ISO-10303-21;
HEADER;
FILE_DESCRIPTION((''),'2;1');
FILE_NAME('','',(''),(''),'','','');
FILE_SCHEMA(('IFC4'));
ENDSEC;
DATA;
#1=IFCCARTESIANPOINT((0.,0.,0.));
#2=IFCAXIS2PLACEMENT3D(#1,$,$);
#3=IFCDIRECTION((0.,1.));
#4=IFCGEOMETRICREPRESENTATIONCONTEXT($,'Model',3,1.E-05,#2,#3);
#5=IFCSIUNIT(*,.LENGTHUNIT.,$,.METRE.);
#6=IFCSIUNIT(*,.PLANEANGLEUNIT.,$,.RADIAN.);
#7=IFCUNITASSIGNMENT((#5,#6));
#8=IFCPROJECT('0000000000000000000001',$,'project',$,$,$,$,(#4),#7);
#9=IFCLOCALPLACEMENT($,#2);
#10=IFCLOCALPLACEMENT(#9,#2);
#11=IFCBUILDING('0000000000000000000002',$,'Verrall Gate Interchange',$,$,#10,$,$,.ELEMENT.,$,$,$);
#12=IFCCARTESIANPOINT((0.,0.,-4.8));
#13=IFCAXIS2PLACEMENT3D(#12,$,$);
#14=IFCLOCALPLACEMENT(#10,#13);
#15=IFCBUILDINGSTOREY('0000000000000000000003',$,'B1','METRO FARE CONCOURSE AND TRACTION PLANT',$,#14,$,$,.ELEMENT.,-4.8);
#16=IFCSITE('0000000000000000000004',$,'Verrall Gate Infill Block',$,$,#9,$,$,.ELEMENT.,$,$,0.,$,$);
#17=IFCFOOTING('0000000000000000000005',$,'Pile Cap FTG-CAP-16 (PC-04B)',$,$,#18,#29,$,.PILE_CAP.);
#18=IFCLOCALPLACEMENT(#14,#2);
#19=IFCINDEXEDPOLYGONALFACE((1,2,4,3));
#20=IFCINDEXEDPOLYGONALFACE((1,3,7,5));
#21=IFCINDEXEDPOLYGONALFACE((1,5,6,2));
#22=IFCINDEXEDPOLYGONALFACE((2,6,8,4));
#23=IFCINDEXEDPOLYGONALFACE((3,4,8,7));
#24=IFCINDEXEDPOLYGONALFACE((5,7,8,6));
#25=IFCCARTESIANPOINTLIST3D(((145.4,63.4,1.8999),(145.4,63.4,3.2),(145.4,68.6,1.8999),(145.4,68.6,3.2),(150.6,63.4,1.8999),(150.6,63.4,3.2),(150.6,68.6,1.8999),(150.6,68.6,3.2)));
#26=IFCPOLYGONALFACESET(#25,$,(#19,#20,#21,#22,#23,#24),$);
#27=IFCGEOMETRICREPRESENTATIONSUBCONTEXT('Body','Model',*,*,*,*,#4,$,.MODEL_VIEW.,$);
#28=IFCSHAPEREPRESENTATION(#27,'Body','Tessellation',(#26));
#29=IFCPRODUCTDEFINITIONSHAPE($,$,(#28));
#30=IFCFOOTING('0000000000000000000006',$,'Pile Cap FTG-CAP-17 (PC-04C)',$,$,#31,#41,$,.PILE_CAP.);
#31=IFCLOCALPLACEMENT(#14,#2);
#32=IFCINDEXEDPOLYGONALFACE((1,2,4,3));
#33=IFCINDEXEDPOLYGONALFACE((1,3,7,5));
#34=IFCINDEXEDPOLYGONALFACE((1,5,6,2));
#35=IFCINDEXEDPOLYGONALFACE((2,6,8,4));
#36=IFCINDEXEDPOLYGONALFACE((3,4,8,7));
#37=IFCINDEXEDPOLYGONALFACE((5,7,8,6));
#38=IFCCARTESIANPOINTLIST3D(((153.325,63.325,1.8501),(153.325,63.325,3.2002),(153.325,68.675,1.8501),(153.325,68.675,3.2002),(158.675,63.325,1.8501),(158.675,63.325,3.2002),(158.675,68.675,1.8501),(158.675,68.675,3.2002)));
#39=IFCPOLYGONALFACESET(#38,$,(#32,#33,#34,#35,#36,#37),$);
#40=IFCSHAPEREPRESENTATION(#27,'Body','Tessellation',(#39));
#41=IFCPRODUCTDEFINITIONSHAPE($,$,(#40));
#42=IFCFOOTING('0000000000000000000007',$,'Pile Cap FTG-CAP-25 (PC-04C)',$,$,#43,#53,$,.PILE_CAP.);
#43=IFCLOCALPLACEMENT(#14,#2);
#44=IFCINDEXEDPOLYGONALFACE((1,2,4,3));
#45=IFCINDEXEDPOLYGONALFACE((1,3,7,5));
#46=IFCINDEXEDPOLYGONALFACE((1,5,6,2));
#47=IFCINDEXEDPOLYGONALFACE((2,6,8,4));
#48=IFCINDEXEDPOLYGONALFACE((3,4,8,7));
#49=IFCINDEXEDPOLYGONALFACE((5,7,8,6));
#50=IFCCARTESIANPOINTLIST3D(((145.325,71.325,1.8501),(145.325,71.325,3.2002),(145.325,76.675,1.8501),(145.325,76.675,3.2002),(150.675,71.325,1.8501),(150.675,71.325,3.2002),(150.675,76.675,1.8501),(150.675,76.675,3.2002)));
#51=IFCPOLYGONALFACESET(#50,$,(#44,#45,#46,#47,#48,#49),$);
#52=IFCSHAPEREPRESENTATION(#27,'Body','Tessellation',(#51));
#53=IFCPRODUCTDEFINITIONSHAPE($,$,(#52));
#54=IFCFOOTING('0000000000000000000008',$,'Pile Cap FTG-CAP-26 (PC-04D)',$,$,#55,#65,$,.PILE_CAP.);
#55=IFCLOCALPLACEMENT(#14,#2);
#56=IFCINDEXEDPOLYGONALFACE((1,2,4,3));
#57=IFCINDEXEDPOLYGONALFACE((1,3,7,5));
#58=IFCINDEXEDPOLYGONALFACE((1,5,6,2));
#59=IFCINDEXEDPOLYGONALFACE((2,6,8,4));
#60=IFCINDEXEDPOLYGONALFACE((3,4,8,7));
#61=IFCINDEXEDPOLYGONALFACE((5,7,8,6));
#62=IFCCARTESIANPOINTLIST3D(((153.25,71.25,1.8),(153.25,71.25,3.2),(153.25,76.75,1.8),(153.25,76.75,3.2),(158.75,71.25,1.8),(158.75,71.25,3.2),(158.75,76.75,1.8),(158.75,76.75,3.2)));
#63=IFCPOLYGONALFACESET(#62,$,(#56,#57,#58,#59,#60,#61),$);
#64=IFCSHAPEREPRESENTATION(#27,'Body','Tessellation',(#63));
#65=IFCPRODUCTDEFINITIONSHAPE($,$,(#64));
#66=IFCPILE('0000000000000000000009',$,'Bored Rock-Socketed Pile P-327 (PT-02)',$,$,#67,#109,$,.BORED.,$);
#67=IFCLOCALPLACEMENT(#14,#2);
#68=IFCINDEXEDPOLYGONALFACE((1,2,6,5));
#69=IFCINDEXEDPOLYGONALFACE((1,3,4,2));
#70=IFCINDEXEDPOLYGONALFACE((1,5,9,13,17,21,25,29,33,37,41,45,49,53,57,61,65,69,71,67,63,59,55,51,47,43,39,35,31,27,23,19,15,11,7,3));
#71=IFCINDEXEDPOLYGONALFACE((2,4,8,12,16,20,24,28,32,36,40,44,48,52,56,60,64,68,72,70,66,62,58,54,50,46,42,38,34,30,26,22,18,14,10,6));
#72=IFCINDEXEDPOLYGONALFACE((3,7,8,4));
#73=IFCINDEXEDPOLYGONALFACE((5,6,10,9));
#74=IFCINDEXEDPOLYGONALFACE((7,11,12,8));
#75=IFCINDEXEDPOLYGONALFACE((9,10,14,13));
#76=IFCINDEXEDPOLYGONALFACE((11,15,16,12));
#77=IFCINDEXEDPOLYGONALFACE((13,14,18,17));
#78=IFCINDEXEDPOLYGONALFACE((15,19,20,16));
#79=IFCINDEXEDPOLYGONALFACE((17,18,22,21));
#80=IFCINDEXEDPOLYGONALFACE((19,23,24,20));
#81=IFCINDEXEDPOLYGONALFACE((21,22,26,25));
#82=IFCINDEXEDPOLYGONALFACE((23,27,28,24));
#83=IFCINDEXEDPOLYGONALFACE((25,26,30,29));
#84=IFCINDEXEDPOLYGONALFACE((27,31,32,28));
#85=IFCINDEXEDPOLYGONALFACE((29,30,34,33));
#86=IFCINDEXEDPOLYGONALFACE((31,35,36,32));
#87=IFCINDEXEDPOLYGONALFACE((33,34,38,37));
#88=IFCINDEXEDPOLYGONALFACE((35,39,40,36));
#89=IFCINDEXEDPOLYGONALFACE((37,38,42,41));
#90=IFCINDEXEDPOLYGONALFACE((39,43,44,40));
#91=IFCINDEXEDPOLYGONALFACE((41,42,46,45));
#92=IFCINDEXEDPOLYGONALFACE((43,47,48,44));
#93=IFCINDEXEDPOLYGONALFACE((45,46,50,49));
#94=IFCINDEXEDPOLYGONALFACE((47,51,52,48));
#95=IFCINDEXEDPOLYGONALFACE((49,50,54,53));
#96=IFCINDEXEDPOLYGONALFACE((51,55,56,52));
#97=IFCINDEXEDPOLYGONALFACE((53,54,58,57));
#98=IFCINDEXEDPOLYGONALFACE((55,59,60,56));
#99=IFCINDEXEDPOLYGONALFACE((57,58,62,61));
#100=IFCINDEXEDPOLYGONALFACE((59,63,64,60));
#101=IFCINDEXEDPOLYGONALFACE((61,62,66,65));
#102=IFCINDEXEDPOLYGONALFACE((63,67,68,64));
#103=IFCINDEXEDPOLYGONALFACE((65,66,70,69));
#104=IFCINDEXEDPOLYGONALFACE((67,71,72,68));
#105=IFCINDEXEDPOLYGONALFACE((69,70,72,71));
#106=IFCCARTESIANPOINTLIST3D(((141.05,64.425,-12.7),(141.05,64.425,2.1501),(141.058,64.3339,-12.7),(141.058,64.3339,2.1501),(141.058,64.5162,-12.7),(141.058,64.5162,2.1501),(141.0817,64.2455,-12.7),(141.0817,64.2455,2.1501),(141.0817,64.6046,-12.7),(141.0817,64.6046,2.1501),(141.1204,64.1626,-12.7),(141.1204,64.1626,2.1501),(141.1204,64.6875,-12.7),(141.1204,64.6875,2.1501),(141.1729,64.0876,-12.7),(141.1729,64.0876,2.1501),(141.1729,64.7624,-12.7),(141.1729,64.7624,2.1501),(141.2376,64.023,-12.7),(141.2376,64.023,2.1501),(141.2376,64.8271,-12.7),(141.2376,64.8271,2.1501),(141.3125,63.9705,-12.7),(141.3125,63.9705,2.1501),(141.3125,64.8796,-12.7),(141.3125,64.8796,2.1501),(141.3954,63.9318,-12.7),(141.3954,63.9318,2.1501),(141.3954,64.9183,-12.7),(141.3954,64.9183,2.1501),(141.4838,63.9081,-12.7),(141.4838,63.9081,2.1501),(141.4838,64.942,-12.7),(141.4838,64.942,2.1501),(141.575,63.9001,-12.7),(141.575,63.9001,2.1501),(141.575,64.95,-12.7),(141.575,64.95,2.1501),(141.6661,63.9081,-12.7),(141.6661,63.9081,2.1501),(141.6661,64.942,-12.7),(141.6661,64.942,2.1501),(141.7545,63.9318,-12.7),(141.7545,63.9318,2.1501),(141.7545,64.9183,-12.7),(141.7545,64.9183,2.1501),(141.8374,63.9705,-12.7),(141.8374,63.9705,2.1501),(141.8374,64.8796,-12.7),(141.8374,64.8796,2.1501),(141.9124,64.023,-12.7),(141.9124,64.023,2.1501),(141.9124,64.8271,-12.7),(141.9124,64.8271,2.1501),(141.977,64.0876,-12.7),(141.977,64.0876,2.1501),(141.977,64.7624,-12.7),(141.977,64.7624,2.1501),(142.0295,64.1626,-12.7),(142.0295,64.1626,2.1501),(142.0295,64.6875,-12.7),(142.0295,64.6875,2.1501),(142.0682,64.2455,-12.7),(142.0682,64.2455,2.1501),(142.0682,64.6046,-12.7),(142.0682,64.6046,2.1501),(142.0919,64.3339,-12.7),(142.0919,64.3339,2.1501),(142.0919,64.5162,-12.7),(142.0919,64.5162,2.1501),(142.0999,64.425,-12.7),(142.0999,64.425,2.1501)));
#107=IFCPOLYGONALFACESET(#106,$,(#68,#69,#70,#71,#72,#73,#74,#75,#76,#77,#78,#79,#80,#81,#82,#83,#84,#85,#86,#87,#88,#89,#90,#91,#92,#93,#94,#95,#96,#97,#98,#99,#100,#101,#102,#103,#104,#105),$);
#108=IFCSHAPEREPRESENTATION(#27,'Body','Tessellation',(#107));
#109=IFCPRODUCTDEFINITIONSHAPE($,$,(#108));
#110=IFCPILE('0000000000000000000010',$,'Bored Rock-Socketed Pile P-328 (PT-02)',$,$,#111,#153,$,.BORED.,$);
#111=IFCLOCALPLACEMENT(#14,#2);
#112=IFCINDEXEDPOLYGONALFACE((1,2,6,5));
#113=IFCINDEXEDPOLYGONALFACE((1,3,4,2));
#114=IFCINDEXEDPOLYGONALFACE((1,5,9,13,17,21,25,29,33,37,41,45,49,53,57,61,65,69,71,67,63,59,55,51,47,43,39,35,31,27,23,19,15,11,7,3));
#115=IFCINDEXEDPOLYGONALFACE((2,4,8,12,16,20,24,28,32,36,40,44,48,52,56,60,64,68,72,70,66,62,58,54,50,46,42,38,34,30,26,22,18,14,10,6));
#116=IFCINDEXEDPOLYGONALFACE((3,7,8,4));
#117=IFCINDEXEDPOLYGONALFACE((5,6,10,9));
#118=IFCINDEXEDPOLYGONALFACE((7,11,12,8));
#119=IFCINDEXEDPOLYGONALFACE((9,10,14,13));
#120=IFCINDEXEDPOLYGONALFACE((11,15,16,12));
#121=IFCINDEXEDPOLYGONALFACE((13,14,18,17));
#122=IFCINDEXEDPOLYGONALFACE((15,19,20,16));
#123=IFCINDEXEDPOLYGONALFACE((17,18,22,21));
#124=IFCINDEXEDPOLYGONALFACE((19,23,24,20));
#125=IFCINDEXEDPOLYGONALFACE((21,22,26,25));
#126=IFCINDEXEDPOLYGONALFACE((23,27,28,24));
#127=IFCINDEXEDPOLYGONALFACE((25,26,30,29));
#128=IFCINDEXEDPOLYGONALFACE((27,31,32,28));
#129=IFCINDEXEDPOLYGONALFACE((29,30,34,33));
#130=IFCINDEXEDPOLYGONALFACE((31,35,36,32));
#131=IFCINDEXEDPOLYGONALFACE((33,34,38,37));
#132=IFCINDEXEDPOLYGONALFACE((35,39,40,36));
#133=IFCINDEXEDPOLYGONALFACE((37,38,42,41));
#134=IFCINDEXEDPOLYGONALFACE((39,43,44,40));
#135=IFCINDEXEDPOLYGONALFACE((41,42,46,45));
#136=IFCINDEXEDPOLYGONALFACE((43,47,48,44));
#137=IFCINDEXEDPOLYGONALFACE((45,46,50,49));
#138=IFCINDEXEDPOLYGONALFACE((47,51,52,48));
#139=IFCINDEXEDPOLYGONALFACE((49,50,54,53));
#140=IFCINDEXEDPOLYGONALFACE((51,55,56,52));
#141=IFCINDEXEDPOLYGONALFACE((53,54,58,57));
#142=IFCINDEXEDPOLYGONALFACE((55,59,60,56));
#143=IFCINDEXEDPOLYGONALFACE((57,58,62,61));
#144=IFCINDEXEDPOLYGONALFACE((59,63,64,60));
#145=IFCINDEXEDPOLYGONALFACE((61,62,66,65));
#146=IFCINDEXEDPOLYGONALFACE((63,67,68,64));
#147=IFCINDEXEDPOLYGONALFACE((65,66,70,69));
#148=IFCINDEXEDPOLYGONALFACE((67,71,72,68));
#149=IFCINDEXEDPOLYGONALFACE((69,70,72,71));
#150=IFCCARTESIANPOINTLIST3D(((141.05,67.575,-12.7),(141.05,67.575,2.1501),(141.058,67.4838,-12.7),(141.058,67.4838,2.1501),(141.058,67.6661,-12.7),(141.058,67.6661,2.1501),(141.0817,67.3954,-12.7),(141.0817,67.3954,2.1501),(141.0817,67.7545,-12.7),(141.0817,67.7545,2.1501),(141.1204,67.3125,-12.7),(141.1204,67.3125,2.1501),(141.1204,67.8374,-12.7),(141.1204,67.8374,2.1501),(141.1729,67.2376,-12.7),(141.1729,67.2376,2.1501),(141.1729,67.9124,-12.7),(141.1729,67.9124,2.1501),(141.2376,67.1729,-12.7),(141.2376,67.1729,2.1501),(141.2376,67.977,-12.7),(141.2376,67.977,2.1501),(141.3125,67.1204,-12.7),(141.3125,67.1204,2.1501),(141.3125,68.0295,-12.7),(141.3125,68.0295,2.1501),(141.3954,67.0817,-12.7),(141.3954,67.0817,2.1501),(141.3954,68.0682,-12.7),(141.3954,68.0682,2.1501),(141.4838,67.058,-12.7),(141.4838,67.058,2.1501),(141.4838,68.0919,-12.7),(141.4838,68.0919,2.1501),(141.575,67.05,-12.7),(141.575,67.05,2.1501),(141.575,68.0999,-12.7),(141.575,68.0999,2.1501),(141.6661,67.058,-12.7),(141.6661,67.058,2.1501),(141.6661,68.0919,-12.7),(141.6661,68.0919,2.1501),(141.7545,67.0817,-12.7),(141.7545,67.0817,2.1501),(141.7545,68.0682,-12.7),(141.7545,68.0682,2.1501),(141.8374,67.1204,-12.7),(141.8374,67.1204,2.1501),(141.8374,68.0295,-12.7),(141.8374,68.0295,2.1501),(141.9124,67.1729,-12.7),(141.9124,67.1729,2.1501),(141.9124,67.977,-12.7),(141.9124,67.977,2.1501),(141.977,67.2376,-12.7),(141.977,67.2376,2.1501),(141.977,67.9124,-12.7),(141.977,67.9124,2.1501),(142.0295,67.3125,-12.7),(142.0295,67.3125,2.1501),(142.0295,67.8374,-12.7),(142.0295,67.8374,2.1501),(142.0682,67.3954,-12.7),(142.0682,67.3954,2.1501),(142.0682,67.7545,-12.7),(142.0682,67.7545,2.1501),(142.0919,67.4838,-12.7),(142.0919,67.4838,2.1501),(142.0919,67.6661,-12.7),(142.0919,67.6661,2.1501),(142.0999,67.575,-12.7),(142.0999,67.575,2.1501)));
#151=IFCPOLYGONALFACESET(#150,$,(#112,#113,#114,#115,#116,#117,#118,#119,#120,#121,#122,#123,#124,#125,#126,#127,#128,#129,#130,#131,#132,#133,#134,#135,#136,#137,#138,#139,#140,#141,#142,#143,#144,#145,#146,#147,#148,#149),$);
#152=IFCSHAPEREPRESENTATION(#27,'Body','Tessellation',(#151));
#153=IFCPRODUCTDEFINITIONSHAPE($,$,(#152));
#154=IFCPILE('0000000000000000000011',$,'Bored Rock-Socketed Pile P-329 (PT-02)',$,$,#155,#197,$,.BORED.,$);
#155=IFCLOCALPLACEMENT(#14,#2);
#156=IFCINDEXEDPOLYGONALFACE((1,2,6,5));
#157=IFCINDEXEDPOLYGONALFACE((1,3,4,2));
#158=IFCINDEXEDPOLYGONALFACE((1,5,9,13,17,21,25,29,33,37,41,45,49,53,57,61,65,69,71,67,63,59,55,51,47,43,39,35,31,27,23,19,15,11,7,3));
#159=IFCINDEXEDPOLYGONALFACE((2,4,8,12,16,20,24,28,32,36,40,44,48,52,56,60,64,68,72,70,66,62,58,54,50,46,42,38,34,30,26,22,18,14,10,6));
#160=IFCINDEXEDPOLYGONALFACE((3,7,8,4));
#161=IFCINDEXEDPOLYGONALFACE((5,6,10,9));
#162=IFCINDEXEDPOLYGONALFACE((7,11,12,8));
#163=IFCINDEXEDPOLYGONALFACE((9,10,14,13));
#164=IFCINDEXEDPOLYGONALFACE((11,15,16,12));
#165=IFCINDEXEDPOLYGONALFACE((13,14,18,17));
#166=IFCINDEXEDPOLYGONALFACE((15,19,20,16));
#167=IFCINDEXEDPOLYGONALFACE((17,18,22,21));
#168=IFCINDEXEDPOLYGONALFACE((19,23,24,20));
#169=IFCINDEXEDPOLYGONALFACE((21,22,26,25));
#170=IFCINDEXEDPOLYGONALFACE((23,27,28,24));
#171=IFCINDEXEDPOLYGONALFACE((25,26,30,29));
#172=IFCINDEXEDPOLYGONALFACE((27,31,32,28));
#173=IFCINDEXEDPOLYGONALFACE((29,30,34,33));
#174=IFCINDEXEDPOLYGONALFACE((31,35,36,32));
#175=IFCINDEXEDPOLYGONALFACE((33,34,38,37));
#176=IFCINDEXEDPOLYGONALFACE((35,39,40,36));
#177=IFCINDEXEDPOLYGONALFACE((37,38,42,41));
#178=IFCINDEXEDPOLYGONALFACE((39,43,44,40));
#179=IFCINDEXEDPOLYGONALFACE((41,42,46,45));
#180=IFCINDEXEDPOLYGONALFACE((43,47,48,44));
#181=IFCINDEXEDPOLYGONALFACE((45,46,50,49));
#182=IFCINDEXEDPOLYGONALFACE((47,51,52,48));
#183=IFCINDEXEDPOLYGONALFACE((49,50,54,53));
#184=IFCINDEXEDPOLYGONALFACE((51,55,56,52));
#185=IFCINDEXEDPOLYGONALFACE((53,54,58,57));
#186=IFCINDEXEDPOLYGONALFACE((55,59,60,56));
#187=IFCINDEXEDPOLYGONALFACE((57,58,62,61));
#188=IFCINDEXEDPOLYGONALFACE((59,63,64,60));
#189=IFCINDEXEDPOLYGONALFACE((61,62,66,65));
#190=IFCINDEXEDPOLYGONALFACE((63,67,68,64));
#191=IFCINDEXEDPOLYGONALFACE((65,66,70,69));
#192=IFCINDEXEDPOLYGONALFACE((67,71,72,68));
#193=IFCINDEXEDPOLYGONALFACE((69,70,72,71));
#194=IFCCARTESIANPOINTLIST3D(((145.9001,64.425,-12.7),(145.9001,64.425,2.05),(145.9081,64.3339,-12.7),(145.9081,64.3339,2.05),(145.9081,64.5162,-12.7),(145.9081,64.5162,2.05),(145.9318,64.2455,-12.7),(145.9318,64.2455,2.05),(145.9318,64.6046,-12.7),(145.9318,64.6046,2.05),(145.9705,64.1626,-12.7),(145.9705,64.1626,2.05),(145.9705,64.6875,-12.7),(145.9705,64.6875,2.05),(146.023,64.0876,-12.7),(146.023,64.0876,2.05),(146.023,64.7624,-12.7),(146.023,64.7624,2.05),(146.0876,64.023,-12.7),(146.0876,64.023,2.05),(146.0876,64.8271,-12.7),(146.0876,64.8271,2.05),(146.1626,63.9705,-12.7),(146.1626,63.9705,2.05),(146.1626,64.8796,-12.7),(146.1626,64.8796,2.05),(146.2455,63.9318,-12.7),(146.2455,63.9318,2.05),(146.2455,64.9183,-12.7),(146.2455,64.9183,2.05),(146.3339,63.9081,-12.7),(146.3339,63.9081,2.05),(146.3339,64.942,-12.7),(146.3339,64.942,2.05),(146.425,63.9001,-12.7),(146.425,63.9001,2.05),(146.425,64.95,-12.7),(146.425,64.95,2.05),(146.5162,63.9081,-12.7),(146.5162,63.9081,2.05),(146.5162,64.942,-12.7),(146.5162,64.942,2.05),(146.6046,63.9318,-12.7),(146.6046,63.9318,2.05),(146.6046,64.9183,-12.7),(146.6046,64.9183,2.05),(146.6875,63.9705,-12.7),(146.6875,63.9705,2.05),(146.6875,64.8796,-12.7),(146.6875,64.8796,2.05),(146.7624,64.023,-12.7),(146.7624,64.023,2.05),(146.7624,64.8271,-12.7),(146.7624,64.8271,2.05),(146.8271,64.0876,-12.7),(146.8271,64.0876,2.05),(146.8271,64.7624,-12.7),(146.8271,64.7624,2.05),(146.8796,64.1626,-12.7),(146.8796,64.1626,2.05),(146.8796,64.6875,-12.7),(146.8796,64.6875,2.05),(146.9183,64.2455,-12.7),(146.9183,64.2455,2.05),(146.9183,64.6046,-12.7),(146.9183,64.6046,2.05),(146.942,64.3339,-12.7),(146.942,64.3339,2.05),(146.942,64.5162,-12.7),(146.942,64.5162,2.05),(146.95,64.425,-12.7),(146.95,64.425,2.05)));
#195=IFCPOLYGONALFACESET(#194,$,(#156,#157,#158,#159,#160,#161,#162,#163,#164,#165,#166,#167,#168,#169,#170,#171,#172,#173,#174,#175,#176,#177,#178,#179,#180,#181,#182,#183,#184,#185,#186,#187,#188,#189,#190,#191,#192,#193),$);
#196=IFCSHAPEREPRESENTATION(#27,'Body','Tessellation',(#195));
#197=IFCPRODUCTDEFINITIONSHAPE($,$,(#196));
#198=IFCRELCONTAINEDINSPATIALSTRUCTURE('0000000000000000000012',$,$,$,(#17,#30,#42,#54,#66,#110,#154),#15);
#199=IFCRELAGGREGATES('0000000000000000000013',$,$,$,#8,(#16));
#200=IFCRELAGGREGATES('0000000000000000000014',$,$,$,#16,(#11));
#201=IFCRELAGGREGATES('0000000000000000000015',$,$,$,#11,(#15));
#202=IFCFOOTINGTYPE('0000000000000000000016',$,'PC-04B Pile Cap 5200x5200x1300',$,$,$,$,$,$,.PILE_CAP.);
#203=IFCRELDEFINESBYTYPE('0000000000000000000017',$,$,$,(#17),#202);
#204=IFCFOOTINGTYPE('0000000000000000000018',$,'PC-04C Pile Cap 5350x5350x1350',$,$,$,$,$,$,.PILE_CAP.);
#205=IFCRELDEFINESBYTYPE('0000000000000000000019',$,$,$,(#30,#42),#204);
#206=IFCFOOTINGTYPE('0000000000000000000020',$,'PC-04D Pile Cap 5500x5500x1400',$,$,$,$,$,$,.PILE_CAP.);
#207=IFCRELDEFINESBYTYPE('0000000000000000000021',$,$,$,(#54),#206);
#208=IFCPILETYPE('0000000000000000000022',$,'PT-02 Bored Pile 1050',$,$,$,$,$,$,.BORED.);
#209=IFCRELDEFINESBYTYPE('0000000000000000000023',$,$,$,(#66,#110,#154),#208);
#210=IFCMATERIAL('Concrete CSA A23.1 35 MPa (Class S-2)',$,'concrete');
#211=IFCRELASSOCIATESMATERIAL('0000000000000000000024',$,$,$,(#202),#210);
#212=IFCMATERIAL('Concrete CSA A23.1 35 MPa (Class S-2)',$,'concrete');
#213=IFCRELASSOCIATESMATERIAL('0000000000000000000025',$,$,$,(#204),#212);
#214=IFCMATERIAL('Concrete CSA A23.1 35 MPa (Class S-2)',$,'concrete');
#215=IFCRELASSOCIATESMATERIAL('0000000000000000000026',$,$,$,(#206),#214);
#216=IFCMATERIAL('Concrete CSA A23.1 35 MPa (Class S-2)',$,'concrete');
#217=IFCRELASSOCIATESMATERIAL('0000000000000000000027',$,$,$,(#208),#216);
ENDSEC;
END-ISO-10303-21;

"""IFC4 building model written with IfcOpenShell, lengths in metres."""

from ifc_helpers import new_model, si_unit, direction, frame, origin, origin_2d, place, context, subcontext, project, spatial, rectangle, circle, extrude, material, material_profile, profile_set, type_object, element, save


model = new_model("IFC4")

# Units and contexts
model_context = context("Model", 3, precision=1e-05, world=origin(), true_north=direction((0.0, 1.0)))
body_context = subcontext(model_context, "Body", "Model", "MODEL_VIEW")
ifc_project = project(units=[si_unit("LENGTHUNIT", "METRE"), si_unit("PLANEANGLEUNIT", "RADIAN")], contexts=[model_context])

# Site, building, storey
site_placement = place(None, origin())
site = spatial("IfcSite", under=ifc_project, at=site_placement, Name="Verrall Gate Infill Block", CompositionType="ELEMENT", RefElevation=0.0)
building_placement = place(site_placement, origin())
building = spatial("IfcBuilding", under=site, at=building_placement, Name="Verrall Gate Interchange", CompositionType="ELEMENT")
storey_placement = place(building_placement, frame((0.0, 0.0, -4.8)))
storey = spatial("IfcBuildingStorey", under=building, at=storey_placement, Name="B1", Description="METRO FARE CONCOURSE AND TRACTION PLANT", CompositionType="ELEMENT", Elevation=-4.8)

# Footings
ifc_material_1 = material(Name="Concrete CSA A23.1 35 MPa (Class S-2)", Category="concrete")
footing_type_1 = type_object("IfcFootingType", Name="PC-04B Pile Cap 5200x5200x1300", PredefinedType="PILE_CAP", material=ifc_material_1)
footing_1_placement = place(storey_placement, frame((148.0, 66.0, 1.8999), z_axis=(0.0, 0.0, 1.0), x_axis=(1.0, 0.0, 0.0)))
element("IfcFooting", 1, at=footing_1_placement, inside=storey, type_object=footing_type_1, Name="Pile Cap FTG-CAP-16 (PC-04B)", PredefinedType="PILE_CAP", context=body_context, shape_type="SweptSolid", body=[
    extrude(rectangle(XDim=5.2, YDim=5.2, at=origin_2d()), origin(), (0.0, 0.0, 1.0), 1.3),
])
ifc_material_2 = material(Name="Concrete CSA A23.1 35 MPa (Class S-2)", Category="concrete")
footing_type_2 = type_object("IfcFootingType", Name="PC-04C Pile Cap 5350x5350x1350", PredefinedType="PILE_CAP", material=ifc_material_2)
for number, where, z_axis, x_axis, name in (
    (2, (156.0, 66.0, 1.8501), (0.0, 0.0, 1.0), (1.0, 0.0, 0.0), "Pile Cap FTG-CAP-17 (PC-04C)"),
    (3, (148.0, 74.0, 1.8501), (0.0, 0.0, 1.0), (1.0, 0.0, 0.0), "Pile Cap FTG-CAP-25 (PC-04C)"),
):
    element("IfcFooting", number, at=place(storey_placement, frame(where, z_axis=z_axis, x_axis=x_axis)), inside=storey, type_object=footing_type_2, Name=name, PredefinedType="PILE_CAP", context=body_context, shape_type="SweptSolid", body=[
        extrude(rectangle(XDim=5.3501, YDim=5.3501, at=origin_2d()), origin(), (0.0, 0.0, 1.0), 1.3501),
    ])
ifc_material_3 = material(Name="Concrete CSA A23.1 35 MPa (Class S-2)", Category="concrete")
footing_type_3 = type_object("IfcFootingType", Name="PC-04D Pile Cap 5500x5500x1400", PredefinedType="PILE_CAP", material=ifc_material_3)
footing_2_placement = place(storey_placement, frame((156.0, 74.0, 1.8), z_axis=(0.0, 0.0, 1.0), x_axis=(1.0, 0.0, 0.0)))
element("IfcFooting", 4, at=footing_2_placement, inside=storey, type_object=footing_type_3, Name="Pile Cap FTG-CAP-26 (PC-04D)", PredefinedType="PILE_CAP", context=body_context, shape_type="SweptSolid", body=[
    extrude(rectangle(XDim=5.5, YDim=5.5, at=origin_2d()), origin(), (0.0, 0.0, 1.0), 1.3999),
])

# Piles
ifc_material_4 = material(Name="Concrete CSA A23.1 35 MPa (Class S-2)", Category="concrete")
ifc_material_profile_1 = material_profile(ifc_material_4, circle(Radius=0.5249, at=origin_2d()), Name="PILE1050D")
ifc_profile_set_1 = profile_set([ifc_material_profile_1], Name="Concrete CSA A23.1 35 MPa (Class S-2)")
pile_type = type_object("IfcPileType", Name="PT-02 Bored Pile 1050", PredefinedType="BORED", material=ifc_profile_set_1)
for number, where, z_axis, x_axis, name in (
    (5, (141.575, 64.425, 2.1501), (0.0, 0.0, -1.0), (1.0, 0.0, 0.0), "Bored Rock-Socketed Pile P-327 (PT-02)"),
    (6, (141.575, 67.575, 2.1501), (0.0, 0.0, -1.0), (1.0, 0.0, 0.0), "Bored Rock-Socketed Pile P-328 (PT-02)"),
):
    element("IfcPile", number, at=place(storey_placement, frame(where, z_axis=z_axis, x_axis=x_axis)), inside=storey, type_object=pile_type, Name=name, PredefinedType="BORED", context=body_context, shape_type="SweptSolid", body=[
        extrude(circle(Radius=0.5249, at=origin_2d()), origin(), (0.0, 0.0, 1.0), 14.8501),
    ])
for number, where, z_axis, x_axis, name in (
    (7, (146.425, 64.425, 2.05), (0.0, 0.0, -1.0), (1.0, 0.0, 0.0), "Bored Rock-Socketed Pile P-329 (PT-02)"),
):
    element("IfcPile", number, at=place(storey_placement, frame(where, z_axis=z_axis, x_axis=x_axis)), inside=storey, type_object=pile_type, Name=name, PredefinedType="BORED", context=body_context, shape_type="SweptSolid", body=[
        extrude(circle(Radius=0.5249, at=origin_2d()), origin(), (0.0, 0.0, 1.0), 14.75),
    ])

save(model, "model.ifc")
